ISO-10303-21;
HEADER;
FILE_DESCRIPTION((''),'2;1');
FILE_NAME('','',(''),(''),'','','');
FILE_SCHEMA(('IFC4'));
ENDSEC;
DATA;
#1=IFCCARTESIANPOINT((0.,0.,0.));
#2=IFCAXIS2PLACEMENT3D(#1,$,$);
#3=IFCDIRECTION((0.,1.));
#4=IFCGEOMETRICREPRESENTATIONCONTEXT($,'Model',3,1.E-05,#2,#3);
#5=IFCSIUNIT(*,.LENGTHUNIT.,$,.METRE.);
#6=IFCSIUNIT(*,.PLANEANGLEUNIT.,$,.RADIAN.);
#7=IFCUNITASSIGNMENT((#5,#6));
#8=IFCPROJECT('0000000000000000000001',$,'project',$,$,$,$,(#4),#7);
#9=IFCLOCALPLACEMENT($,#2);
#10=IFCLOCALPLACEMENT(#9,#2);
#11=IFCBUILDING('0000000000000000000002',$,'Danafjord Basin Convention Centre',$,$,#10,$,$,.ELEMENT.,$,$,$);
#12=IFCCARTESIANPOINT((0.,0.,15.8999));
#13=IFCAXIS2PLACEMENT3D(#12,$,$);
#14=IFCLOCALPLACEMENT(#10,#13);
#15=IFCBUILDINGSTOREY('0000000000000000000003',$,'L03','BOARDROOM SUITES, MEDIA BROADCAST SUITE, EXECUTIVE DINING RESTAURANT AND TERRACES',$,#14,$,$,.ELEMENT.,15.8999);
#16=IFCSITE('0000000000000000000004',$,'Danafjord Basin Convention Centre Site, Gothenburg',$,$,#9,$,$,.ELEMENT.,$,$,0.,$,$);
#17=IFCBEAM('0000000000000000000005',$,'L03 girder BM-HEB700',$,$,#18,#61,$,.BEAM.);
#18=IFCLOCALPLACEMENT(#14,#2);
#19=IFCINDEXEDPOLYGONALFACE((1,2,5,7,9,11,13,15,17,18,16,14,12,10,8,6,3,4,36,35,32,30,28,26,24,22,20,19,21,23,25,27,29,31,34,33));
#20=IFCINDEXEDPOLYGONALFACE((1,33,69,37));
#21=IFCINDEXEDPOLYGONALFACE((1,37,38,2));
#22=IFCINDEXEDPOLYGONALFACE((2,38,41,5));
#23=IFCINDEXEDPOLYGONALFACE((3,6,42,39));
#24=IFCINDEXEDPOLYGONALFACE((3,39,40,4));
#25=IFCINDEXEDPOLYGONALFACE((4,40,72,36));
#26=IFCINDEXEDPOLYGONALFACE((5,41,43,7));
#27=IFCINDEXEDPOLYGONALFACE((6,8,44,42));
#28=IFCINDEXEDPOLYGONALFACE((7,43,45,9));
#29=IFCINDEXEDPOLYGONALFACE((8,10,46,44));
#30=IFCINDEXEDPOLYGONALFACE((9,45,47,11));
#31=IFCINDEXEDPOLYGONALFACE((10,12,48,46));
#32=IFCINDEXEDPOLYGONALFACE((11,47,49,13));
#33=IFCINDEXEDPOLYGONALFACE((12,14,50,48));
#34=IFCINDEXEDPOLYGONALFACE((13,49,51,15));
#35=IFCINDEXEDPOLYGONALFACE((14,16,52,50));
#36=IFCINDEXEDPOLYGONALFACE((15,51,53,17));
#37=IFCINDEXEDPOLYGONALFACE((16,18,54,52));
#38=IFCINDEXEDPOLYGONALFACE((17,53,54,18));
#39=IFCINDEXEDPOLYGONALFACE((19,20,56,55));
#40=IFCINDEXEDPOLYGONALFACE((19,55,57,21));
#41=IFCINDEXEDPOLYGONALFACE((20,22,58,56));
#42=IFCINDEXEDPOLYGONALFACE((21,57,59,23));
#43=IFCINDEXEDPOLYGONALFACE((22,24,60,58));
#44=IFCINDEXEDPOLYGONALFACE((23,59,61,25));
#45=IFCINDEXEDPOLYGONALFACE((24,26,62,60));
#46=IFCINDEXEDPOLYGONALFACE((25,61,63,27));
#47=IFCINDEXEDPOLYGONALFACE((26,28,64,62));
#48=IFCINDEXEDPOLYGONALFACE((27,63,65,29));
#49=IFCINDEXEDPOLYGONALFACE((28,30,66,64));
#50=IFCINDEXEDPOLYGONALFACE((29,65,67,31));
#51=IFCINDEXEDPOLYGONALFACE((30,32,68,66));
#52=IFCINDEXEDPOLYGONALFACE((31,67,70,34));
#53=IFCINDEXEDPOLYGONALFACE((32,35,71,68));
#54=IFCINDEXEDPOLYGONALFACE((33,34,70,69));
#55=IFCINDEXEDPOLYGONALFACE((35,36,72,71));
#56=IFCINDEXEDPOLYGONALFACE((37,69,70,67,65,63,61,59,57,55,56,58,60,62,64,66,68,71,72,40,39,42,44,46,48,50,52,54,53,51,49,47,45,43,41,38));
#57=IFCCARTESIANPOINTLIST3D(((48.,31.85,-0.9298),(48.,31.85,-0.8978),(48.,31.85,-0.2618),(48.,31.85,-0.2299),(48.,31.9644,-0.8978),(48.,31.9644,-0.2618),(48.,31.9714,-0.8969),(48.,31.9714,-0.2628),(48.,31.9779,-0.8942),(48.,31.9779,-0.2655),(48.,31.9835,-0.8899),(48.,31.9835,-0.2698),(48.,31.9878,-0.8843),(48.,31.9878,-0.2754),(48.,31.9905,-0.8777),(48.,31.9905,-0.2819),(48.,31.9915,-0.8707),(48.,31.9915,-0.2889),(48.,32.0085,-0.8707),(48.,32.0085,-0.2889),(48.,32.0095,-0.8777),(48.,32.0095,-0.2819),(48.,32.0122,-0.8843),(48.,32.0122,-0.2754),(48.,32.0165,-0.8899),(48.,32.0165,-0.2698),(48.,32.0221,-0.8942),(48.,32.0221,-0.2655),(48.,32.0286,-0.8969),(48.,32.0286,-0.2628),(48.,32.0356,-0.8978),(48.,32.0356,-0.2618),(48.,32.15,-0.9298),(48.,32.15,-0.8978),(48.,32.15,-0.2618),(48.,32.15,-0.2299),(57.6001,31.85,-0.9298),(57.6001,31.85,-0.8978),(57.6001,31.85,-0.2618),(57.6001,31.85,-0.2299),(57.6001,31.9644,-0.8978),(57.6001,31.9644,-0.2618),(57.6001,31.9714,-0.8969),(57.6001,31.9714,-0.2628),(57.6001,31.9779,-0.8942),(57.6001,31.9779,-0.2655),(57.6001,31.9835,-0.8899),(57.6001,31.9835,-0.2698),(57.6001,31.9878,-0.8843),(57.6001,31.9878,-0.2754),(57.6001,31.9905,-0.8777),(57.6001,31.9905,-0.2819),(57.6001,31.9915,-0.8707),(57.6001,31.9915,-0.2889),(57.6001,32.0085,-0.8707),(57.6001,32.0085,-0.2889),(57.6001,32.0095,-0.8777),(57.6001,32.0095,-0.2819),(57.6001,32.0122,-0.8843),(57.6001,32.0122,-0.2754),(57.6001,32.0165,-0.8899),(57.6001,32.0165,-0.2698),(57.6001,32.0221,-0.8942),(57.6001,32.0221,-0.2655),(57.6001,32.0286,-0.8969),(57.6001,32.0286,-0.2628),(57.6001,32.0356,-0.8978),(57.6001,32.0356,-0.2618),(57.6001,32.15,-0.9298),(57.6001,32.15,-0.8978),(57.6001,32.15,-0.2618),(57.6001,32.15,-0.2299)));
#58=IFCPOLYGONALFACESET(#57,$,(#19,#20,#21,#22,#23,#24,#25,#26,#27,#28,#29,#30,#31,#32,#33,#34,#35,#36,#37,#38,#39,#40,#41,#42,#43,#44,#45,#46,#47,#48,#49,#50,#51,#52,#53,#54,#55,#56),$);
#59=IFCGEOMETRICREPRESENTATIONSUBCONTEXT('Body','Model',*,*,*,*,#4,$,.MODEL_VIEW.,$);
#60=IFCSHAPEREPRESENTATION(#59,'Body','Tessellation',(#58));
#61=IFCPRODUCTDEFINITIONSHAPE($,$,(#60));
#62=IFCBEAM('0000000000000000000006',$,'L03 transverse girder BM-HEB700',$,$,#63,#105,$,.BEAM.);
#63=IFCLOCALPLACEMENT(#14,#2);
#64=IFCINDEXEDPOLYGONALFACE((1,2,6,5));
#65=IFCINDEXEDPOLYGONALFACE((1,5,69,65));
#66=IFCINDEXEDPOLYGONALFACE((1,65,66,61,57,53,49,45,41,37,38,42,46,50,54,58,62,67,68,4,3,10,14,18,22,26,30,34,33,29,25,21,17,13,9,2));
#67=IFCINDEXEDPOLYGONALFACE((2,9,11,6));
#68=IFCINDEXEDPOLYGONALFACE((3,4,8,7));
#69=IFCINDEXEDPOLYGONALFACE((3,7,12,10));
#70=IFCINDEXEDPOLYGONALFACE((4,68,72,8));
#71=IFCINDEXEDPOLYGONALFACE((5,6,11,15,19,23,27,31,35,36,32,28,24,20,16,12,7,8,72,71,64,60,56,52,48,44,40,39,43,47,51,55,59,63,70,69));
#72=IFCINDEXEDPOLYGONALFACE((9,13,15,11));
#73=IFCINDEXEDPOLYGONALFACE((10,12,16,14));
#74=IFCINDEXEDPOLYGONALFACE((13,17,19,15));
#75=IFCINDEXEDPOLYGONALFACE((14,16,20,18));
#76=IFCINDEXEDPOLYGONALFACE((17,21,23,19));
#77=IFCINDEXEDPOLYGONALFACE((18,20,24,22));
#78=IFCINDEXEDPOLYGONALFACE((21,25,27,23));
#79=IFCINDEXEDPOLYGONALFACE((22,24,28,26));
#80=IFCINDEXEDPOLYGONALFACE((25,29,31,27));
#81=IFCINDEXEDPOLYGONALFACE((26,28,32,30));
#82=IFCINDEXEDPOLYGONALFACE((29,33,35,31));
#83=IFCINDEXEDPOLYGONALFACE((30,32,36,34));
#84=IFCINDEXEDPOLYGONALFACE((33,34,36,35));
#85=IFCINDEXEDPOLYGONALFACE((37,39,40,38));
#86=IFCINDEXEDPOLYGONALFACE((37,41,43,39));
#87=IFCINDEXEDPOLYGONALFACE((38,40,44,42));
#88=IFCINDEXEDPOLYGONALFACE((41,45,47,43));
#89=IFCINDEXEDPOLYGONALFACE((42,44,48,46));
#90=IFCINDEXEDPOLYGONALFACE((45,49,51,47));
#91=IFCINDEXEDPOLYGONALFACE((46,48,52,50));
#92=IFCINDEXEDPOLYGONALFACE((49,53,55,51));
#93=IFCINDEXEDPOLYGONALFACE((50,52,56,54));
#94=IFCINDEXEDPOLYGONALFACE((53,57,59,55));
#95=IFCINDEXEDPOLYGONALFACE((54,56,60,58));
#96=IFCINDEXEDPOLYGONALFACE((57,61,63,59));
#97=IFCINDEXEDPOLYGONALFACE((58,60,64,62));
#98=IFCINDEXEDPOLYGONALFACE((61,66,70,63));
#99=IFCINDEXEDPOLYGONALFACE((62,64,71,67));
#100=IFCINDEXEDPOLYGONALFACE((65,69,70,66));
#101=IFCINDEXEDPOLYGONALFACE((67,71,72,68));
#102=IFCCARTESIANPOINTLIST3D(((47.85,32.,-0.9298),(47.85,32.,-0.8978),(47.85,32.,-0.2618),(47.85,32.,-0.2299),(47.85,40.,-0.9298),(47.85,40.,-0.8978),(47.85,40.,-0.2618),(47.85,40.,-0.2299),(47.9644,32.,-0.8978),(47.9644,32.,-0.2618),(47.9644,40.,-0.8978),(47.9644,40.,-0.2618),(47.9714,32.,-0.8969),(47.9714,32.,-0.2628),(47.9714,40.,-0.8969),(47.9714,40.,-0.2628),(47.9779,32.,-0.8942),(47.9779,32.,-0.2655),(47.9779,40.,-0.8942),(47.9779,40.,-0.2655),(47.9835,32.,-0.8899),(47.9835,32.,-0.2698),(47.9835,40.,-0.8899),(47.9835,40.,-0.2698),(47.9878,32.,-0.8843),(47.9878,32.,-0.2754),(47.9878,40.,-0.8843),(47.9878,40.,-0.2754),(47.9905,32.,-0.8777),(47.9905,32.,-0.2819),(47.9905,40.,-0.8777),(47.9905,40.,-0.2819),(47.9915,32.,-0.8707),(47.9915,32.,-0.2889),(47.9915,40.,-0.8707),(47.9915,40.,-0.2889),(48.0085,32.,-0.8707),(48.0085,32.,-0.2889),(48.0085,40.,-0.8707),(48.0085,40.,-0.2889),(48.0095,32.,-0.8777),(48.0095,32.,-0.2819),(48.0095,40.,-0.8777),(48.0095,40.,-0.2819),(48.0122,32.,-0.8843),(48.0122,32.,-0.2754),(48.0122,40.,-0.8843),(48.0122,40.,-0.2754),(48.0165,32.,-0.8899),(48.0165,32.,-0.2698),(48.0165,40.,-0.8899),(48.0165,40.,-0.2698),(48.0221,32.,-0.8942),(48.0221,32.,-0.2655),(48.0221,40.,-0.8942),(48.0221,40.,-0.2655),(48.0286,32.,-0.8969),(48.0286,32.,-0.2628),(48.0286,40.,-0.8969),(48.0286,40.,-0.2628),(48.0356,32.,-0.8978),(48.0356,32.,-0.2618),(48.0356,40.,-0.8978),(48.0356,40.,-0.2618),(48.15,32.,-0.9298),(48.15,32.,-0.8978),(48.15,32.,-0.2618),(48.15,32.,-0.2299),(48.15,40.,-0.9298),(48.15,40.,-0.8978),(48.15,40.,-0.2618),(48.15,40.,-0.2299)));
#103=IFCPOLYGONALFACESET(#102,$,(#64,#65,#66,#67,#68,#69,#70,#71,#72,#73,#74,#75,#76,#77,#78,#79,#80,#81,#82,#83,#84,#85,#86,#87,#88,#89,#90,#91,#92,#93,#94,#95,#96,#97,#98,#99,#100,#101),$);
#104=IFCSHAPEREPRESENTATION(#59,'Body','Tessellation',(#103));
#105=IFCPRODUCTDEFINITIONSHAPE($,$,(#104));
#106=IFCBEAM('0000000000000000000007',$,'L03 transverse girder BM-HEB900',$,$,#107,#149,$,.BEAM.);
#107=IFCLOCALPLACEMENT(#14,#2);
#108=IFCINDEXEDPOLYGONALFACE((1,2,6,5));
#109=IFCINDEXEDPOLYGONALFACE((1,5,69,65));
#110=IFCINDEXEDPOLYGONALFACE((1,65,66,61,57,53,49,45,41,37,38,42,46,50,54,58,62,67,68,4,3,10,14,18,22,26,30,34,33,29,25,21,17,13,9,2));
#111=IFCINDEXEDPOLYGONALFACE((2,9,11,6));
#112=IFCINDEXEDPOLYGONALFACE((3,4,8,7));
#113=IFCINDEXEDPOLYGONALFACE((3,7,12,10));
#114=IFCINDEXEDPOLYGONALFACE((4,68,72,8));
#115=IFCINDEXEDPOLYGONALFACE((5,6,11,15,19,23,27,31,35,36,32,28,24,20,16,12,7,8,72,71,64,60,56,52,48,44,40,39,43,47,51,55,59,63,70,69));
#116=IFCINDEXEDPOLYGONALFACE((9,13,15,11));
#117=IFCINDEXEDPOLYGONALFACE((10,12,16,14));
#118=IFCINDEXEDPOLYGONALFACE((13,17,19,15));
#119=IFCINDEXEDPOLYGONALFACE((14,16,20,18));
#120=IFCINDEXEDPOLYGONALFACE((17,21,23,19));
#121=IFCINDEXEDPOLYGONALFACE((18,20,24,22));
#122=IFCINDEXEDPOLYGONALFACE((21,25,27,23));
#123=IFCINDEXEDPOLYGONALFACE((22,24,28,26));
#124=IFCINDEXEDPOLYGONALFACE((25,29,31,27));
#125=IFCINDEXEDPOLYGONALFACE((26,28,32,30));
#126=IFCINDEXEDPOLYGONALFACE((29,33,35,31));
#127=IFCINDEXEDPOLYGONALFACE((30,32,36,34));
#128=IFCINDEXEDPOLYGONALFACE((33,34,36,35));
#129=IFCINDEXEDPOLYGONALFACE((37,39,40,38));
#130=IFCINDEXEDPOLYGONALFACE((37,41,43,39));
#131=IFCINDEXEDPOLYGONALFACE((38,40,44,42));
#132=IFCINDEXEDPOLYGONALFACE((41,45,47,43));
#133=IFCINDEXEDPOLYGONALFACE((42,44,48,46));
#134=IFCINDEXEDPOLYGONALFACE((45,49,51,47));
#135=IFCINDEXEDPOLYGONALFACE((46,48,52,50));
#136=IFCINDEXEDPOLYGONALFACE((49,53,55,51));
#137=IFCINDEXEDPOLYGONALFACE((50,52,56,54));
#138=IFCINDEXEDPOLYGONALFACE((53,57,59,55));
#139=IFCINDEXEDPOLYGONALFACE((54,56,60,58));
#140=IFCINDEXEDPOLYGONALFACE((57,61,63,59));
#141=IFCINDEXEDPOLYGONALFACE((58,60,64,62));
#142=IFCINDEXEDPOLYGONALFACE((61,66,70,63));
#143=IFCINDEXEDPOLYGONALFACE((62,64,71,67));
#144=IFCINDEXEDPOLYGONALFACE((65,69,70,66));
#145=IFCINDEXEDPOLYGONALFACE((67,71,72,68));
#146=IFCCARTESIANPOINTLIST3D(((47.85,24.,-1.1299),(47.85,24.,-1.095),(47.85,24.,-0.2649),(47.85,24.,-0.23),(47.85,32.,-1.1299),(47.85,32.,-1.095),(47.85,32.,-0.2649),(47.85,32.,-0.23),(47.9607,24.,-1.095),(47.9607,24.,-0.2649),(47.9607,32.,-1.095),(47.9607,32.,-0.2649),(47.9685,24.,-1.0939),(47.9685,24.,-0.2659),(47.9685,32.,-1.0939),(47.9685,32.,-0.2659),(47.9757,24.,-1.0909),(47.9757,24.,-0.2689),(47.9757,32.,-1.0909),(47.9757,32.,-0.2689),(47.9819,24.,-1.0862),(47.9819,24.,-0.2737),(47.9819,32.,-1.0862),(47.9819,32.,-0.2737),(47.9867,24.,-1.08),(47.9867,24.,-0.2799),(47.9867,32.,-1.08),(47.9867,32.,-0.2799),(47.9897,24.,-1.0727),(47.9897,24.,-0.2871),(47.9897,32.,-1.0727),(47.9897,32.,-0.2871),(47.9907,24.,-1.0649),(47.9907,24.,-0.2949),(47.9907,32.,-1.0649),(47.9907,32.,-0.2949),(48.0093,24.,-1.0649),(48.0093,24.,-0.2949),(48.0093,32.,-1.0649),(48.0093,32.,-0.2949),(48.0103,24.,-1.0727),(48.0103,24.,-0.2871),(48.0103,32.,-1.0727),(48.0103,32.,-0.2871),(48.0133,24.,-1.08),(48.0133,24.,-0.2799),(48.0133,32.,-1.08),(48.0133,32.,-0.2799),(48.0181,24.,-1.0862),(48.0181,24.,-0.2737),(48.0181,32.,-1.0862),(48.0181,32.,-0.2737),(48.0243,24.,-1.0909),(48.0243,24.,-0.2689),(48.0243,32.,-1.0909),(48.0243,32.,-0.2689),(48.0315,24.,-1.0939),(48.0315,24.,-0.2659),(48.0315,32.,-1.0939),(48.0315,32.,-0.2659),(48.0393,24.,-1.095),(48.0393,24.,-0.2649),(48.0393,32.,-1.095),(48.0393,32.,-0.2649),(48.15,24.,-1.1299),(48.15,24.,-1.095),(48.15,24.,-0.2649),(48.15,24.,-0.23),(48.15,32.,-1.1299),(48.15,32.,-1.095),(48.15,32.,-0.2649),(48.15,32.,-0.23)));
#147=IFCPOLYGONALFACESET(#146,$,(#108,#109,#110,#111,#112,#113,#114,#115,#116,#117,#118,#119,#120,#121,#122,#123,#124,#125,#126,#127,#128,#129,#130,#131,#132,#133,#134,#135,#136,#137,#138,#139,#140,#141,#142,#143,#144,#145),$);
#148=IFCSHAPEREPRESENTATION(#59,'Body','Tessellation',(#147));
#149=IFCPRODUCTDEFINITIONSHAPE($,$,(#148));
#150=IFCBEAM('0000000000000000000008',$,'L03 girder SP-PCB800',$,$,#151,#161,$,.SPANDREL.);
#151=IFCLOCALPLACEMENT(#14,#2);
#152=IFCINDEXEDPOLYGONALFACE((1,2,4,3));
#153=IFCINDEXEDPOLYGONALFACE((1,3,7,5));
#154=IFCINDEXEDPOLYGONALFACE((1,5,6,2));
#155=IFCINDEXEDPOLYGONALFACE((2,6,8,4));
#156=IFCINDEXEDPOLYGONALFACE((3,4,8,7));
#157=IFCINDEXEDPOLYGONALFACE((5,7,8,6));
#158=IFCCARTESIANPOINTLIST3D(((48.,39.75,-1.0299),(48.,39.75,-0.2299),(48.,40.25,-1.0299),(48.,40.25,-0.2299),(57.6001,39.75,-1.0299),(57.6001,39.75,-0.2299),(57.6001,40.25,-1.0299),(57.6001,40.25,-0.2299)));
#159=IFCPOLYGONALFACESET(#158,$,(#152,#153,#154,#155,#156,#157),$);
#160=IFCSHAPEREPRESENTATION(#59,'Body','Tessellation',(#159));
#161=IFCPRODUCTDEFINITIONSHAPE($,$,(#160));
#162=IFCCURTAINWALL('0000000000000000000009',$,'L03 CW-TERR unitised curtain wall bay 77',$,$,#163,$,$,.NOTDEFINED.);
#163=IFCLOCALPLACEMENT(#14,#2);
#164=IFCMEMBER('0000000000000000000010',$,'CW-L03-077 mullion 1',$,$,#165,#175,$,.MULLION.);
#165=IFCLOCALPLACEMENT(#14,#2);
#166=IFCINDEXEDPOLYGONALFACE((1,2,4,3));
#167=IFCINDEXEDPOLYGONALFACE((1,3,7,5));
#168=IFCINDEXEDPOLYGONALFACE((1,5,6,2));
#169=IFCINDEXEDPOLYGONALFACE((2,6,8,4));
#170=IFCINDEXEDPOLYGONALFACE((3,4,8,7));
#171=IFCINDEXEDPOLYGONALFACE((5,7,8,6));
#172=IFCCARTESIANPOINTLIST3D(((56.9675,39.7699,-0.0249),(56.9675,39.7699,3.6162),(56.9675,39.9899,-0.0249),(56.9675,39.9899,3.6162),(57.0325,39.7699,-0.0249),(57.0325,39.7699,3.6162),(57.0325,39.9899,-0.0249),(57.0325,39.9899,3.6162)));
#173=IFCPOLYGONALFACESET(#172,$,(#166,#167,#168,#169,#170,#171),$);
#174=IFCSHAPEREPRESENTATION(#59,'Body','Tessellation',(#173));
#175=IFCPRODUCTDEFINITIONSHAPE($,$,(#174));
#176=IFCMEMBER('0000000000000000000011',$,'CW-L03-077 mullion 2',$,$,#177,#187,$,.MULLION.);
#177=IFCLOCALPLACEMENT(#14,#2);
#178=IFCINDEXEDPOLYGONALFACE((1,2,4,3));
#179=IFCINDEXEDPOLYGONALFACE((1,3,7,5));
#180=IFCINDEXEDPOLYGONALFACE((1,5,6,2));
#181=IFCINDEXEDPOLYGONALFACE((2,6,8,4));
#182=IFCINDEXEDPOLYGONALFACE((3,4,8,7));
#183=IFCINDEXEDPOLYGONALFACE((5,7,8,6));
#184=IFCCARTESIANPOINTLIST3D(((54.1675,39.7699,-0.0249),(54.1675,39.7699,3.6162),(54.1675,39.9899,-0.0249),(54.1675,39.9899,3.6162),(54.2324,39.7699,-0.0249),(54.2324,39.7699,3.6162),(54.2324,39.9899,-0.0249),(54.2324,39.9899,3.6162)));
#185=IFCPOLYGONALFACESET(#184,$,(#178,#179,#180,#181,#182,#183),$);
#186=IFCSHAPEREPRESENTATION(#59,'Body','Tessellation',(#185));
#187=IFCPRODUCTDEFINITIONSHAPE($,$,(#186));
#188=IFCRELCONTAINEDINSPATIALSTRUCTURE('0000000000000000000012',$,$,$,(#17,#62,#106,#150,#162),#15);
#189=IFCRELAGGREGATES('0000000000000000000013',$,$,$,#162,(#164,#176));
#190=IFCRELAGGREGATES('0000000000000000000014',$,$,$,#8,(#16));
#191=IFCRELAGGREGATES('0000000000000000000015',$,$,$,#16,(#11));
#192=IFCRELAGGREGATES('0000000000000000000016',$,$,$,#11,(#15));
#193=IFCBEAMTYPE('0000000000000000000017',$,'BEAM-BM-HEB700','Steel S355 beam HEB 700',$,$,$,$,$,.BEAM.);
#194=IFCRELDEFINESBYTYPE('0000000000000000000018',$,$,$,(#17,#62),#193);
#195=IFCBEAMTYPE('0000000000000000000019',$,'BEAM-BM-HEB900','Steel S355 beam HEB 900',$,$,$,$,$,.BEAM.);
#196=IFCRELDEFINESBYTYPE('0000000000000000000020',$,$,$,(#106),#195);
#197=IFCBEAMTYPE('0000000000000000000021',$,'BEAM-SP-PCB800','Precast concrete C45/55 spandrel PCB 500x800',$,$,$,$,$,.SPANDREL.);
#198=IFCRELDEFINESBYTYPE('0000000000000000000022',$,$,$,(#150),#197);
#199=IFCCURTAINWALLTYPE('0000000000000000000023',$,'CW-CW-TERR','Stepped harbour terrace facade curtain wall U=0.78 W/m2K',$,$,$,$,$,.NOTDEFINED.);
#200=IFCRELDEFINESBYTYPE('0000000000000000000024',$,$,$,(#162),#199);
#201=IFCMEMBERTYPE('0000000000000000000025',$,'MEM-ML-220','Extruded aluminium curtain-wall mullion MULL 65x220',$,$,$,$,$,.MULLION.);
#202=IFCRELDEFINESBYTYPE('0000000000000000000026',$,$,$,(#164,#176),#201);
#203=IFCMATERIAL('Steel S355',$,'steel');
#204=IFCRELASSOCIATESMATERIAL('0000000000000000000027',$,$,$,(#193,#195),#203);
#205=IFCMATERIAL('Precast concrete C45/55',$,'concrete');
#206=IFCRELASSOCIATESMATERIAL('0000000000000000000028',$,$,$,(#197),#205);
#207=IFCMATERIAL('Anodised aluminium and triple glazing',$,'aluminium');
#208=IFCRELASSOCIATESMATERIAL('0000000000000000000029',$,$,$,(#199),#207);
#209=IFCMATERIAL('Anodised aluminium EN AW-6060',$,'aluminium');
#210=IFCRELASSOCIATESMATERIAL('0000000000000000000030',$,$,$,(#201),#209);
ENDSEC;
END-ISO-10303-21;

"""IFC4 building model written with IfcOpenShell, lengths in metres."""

from ifc_helpers import new_model, si_unit, direction, frame, origin, origin_2d, place, context, subcontext, project, spatial, rectangle, i_section, extrude, material, material_profile, profile_set, type_object, element, aggregate, save


model = new_model("IFC4")

# Units and contexts
model_context = context("Model", 3, precision=1e-05, world=origin(), true_north=direction((0.0, 1.0)))
body_context = subcontext(model_context, "Body", "Model", "MODEL_VIEW")
ifc_project = project(units=[si_unit("LENGTHUNIT", "METRE"), si_unit("PLANEANGLEUNIT", "RADIAN")], contexts=[model_context])

# Site, building, storey
site_placement = place(None, origin())
site = spatial("IfcSite", under=ifc_project, at=site_placement, Name="Danafjord Basin Convention Centre Site, Gothenburg", CompositionType="ELEMENT", RefElevation=0.0)
building_placement = place(site_placement, origin())
building = spatial("IfcBuilding", under=site, at=building_placement, Name="Danafjord Basin Convention Centre", CompositionType="ELEMENT")
storey_placement = place(building_placement, frame((0.0, 0.0, 15.8999)))
storey = spatial("IfcBuildingStorey", under=building, at=storey_placement, Name="L03", Description="BOARDROOM SUITES, MEDIA BROADCAST SUITE, EXECUTIVE DINING RESTAURANT AND TERRACES", CompositionType="ELEMENT", Elevation=15.8999)

# Shared definitions
ifc_material_1 = material(Name="Steel S355", Category="steel")

# Beams
ifc_material_profile_1 = material_profile(ifc_material_1, i_section(OverallWidth=0.3, OverallDepth=0.7, WebThickness=0.0171, FlangeThickness=0.032, FilletRadius=0.0271, at=origin_2d()), Name="HEB 700")
ifc_profile_set_1 = profile_set([ifc_material_profile_1], Name="Steel S355")
beam_type_1 = type_object("IfcBeamType", Name="BEAM-BM-HEB700", Description="Steel S355 beam HEB 700", PredefinedType="BEAM", material=ifc_profile_set_1)
beam_1_placement = place(storey_placement, frame((48.0, 32.0, -0.5798), z_axis=(1.0, 0.0, 0.0), x_axis=(0.0, 1.0, 0.0)))
element("IfcBeam", 1, at=beam_1_placement, inside=storey, type_object=beam_type_1, Name="L03 girder BM-HEB700", PredefinedType="BEAM", context=body_context, shape_type="SweptSolid", body=[
    extrude(i_section(OverallWidth=0.3, OverallDepth=0.7, WebThickness=0.0171, FlangeThickness=0.032, FilletRadius=0.0271, at=origin_2d()), origin(), (0.0, 0.0, 1.0), 9.6001),
])
beam_2_placement = place(storey_placement, frame((48.0, 32.0, -0.5798), z_axis=(0.0, 1.0, 0.0), x_axis=(-1.0, 0.0, 0.0)))
element("IfcBeam", 2, at=beam_2_placement, inside=storey, type_object=beam_type_1, Name="L03 transverse girder BM-HEB700", PredefinedType="BEAM", context=body_context, shape_type="SweptSolid", body=[
    extrude(i_section(OverallWidth=0.3, OverallDepth=0.7, WebThickness=0.0171, FlangeThickness=0.032, FilletRadius=0.0271, at=origin_2d()), origin(), (0.0, 0.0, 1.0), 8.0),
])
ifc_material_profile_2 = material_profile(ifc_material_1, i_section(OverallWidth=0.3, OverallDepth=0.8999, WebThickness=0.0186, FlangeThickness=0.0349, FilletRadius=0.03, at=origin_2d()), Name="HEB 900")
ifc_profile_set_2 = profile_set([ifc_material_profile_2], Name="Steel S355")
beam_type_2 = type_object("IfcBeamType", Name="BEAM-BM-HEB900", Description="Steel S355 beam HEB 900", PredefinedType="BEAM", material=ifc_profile_set_2)
beam_3_placement = place(storey_placement, frame((48.0, 24.0, -0.6799), z_axis=(0.0, 1.0, 0.0), x_axis=(-1.0, 0.0, 0.0)))
element("IfcBeam", 3, at=beam_3_placement, inside=storey, type_object=beam_type_2, Name="L03 transverse girder BM-HEB900", PredefinedType="BEAM", context=body_context, shape_type="SweptSolid", body=[
    extrude(i_section(OverallWidth=0.3, OverallDepth=0.8999, WebThickness=0.0186, FlangeThickness=0.0349, FilletRadius=0.03, at=origin_2d()), origin(), (0.0, 0.0, 1.0), 8.0),
])
ifc_material_2 = material(Name="Precast concrete C45/55", Category="concrete")
ifc_material_profile_3 = material_profile(ifc_material_2, rectangle(XDim=0.5, YDim=0.8, at=origin_2d()), Name="PCB 500x800")
ifc_profile_set_3 = profile_set([ifc_material_profile_3], Name="Precast concrete C45/55")
beam_type_3 = type_object("IfcBeamType", Name="BEAM-SP-PCB800", Description="Precast concrete C45/55 spandrel PCB 500x800", PredefinedType="SPANDREL", material=ifc_profile_set_3)
beam_4_placement = place(storey_placement, frame((48.0, 40.0, -0.6299), z_axis=(1.0, 0.0, 0.0), x_axis=(0.0, 1.0, 0.0)))
element("IfcBeam", 4, at=beam_4_placement, inside=storey, type_object=beam_type_3, Name="L03 girder SP-PCB800", PredefinedType="SPANDREL", context=body_context, shape_type="SweptSolid", body=[
    extrude(rectangle(XDim=0.5, YDim=0.8, at=origin_2d()), origin(), (0.0, 0.0, 1.0), 9.6001),
])

# Curtain wall, members
ifc_material_3 = material(Name="Anodised aluminium and triple glazing", Category="aluminium")
curtain_wall_type = type_object("IfcCurtainWallType", Name="CW-CW-TERR", Description="Stepped harbour terrace facade curtain wall U=0.78 W/m2K", PredefinedType="NOTDEFINED", material=ifc_material_3)
curtain_wall_placement = place(storey_placement, origin())
curtain_wall = element("IfcCurtainWall", 5, at=curtain_wall_placement, inside=storey, type_object=curtain_wall_type, Name="L03 CW-TERR unitised curtain wall bay 77", PredefinedType="NOTDEFINED")
ifc_material_4 = material(Name="Anodised aluminium EN AW-6060", Category="aluminium")
ifc_material_profile_4 = material_profile(ifc_material_4, rectangle(XDim=0.0649, YDim=0.22, at=origin_2d()), Name="MULL 65x220")
ifc_profile_set_4 = profile_set([ifc_material_profile_4], Name="Anodised aluminium EN AW-6060")
member_type_1 = type_object("IfcMemberType", Name="MEM-ML-220", Description="Extruded aluminium curtain-wall mullion MULL 65x220", PredefinedType="MULLION", material=ifc_profile_set_4)
member_1_placement = place(storey_placement, frame((57.0, 39.8799, -0.0249), z_axis=(0.0, 0.0, 1.0), x_axis=(-1.0, 0.0, 0.0)))
member_1 = element("IfcMember", 6, at=member_1_placement, type_object=member_type_1, Name="CW-L03-077 mullion 1", PredefinedType="MULLION", context=body_context, shape_type="SweptSolid", body=[
    extrude(rectangle(XDim=0.0649, YDim=0.22, at=origin_2d()), origin(), (0.0, 0.0, 1.0), 3.6411),
])
member_2_placement = place(storey_placement, frame((54.2, 39.8799, -0.0249), z_axis=(0.0, 0.0, 1.0), x_axis=(-1.0, 0.0, 0.0)))
member_2 = element("IfcMember", 7, at=member_2_placement, type_object=member_type_1, Name="CW-L03-077 mullion 2", PredefinedType="MULLION", context=body_context, shape_type="SweptSolid", body=[
    extrude(rectangle(XDim=0.0649, YDim=0.22, at=origin_2d()), origin(), (0.0, 0.0, 1.0), 3.6411),
])
aggregate(curtain_wall, [member_1, member_2])

save(model, "model.ifc")
